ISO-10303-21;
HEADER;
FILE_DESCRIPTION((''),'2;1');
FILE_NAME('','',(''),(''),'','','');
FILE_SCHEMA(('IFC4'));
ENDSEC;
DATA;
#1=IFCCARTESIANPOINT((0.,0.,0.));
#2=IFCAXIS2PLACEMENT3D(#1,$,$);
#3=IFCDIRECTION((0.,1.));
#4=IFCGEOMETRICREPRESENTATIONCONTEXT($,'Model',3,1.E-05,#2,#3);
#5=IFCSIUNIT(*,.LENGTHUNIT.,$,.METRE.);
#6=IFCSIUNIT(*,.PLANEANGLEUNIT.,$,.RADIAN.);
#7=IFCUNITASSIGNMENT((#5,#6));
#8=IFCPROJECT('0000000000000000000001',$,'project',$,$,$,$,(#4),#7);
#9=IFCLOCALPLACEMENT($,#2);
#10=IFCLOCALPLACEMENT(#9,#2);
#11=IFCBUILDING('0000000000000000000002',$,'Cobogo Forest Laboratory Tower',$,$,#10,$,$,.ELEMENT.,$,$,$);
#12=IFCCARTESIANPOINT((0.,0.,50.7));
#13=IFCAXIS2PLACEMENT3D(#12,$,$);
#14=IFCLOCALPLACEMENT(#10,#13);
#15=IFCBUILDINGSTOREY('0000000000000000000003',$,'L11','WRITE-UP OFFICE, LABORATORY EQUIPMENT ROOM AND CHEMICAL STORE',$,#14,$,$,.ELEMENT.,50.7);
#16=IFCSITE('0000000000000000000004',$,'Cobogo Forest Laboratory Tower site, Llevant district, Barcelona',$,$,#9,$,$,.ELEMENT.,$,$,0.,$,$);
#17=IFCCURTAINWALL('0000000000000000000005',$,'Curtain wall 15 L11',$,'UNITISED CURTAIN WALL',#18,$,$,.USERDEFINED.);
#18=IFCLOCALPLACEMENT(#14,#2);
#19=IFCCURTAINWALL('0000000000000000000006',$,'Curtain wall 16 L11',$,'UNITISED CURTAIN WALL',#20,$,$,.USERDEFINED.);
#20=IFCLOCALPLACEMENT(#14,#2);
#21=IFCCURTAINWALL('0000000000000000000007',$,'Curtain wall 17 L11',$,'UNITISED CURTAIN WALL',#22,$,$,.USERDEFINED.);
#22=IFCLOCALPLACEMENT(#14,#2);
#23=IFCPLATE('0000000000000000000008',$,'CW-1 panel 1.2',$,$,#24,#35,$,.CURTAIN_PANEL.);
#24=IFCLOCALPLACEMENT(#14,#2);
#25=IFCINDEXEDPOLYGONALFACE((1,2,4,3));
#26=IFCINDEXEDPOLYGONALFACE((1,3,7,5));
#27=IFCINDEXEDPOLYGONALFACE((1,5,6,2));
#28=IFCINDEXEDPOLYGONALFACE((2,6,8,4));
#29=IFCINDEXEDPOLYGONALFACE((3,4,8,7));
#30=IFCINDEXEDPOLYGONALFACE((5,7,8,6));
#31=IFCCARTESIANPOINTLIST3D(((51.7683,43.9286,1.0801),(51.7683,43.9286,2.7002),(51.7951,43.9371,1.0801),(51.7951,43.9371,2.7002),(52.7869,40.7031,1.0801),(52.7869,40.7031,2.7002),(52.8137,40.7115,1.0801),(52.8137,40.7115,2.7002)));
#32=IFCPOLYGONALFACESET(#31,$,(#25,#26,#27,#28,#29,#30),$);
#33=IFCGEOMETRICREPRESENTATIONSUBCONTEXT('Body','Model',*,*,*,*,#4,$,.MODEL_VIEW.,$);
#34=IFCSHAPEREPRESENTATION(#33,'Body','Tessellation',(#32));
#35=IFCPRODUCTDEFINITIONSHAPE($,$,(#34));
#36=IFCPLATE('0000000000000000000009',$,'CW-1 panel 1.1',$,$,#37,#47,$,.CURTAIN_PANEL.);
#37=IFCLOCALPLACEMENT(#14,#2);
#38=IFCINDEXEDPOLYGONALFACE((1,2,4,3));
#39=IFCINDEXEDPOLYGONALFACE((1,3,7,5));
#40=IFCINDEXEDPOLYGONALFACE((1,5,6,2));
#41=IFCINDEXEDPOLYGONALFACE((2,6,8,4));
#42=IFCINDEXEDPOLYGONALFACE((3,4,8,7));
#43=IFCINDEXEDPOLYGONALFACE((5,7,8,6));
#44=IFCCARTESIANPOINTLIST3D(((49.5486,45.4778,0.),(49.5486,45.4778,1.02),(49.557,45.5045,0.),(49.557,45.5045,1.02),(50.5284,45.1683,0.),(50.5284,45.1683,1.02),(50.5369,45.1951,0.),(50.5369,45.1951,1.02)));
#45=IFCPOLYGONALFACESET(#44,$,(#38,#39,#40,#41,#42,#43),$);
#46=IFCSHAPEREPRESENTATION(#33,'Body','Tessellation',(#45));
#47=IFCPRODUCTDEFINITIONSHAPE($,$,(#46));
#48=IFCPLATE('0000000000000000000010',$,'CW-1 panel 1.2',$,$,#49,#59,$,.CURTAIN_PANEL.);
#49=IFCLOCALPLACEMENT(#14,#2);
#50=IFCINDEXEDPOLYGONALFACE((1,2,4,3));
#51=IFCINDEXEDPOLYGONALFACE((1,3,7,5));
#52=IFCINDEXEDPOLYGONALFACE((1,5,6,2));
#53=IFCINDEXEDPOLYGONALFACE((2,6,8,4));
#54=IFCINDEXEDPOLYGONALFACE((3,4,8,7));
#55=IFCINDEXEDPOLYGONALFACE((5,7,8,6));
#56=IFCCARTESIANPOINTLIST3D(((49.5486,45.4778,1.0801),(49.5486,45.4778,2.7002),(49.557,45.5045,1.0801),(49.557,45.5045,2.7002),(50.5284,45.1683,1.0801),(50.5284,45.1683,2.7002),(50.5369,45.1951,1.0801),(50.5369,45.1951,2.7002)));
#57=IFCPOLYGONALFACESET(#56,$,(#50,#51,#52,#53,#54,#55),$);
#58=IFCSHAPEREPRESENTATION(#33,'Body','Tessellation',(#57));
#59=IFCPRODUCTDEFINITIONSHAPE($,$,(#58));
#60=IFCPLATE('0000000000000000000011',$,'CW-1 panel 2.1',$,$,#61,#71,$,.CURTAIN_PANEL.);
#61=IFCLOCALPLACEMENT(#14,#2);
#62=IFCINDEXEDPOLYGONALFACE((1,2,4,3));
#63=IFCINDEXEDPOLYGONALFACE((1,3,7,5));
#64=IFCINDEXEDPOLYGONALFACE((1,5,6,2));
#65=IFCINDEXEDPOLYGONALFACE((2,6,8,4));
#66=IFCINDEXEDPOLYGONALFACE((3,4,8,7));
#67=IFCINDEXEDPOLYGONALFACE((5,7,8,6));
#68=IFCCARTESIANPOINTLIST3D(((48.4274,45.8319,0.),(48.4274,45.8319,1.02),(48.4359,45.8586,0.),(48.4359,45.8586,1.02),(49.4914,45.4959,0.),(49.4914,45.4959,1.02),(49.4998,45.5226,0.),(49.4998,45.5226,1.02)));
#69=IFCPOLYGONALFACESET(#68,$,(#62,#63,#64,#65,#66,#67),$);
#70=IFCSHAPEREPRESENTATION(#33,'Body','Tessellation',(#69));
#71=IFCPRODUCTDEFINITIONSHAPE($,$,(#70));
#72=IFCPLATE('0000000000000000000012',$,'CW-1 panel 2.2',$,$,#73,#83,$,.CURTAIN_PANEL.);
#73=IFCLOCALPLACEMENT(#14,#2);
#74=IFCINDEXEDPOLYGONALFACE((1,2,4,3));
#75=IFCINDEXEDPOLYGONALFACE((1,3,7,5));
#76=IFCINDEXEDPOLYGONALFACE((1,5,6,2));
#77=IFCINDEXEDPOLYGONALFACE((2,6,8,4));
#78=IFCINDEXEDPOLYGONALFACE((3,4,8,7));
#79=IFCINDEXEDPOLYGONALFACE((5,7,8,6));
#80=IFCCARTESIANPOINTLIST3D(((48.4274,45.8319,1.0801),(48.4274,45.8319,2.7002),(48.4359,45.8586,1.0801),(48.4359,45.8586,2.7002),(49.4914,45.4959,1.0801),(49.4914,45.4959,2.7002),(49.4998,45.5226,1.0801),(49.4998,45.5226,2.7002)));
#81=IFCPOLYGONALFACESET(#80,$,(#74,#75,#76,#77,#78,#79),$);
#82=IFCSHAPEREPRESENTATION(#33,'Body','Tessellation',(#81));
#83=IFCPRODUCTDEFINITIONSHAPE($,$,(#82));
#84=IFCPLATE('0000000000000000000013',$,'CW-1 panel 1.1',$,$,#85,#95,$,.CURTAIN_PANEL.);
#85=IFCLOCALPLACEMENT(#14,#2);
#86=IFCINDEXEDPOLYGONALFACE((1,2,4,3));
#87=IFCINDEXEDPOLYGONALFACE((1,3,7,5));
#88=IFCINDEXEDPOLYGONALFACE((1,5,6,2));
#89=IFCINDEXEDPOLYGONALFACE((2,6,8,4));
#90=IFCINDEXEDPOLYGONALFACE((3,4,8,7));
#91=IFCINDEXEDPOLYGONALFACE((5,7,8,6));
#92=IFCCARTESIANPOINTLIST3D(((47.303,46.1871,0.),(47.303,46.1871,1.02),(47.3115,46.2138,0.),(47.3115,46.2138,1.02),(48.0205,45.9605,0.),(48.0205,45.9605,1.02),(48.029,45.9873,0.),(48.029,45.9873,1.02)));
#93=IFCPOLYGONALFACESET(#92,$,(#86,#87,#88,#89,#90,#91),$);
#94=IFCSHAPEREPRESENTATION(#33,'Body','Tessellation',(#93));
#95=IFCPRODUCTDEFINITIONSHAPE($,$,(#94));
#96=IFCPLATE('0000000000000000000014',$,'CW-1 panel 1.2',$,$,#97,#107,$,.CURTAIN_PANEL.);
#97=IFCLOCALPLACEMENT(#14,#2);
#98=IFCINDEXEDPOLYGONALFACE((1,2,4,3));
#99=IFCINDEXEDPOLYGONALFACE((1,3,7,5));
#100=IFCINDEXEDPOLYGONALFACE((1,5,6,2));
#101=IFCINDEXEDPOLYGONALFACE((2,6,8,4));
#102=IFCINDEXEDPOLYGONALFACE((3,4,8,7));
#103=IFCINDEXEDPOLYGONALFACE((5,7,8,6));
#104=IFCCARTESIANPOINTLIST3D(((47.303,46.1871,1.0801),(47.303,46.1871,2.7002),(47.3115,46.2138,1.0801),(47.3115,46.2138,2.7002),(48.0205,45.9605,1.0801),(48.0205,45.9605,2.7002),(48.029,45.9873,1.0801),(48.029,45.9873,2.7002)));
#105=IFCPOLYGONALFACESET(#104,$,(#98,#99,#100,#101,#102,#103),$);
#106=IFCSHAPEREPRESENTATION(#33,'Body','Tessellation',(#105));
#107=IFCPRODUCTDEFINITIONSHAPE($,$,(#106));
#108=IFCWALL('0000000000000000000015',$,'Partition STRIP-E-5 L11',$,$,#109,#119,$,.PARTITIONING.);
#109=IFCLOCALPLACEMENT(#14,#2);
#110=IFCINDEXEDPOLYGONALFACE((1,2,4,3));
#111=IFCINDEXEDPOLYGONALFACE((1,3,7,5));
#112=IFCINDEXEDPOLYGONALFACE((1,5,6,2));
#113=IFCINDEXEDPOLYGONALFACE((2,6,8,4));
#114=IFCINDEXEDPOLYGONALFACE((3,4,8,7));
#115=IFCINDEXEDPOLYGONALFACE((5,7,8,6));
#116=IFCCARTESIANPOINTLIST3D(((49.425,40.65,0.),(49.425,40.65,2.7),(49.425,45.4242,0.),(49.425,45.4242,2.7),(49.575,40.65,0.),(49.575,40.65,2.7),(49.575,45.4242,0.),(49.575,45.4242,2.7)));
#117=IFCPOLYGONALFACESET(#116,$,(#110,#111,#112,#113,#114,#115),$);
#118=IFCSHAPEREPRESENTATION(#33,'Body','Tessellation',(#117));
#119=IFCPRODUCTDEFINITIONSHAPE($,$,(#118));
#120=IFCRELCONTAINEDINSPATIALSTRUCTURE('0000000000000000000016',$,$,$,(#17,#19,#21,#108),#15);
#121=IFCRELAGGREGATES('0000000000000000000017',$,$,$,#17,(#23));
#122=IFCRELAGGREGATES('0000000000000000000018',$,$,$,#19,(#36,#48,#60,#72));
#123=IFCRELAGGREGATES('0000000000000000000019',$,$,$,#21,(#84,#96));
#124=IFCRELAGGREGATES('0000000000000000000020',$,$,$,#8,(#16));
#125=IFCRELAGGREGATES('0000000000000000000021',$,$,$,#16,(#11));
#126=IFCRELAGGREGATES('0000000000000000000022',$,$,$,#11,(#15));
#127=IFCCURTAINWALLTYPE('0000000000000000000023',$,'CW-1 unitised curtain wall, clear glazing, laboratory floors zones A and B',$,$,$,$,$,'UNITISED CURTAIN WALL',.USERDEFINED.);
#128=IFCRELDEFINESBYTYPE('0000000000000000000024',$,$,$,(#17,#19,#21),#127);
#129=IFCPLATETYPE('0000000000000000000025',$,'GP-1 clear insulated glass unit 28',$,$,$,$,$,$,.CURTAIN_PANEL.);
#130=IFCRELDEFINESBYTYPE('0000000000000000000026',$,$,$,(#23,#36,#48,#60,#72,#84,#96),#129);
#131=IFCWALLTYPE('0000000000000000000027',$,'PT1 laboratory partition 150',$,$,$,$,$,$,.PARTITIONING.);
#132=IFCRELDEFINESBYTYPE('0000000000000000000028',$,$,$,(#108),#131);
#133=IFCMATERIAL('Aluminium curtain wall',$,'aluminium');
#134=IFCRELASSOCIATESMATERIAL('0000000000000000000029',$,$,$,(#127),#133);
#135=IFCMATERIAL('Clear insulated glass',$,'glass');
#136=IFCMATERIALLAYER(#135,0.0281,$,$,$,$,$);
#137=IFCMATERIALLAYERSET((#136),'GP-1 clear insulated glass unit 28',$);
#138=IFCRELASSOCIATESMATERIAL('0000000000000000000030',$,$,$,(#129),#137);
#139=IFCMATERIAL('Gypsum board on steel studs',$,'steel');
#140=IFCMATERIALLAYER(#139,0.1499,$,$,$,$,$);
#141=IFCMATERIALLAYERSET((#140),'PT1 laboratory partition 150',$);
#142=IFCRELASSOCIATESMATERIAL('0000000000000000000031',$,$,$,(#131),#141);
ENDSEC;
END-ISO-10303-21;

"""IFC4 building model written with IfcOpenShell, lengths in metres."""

from ifc_helpers import new_model, si_unit, direction, frame, frame_2d, origin, origin_2d, place, context, subcontext, project, spatial, rectangle, extrude, material, layer, layer_set, type_object, element, aggregate, save


model = new_model("IFC4")

# Units and contexts
model_context = context("Model", 3, precision=1e-05, world=origin(), true_north=direction((0.0, 1.0)))
body_context = subcontext(model_context, "Body", "Model", "MODEL_VIEW")
ifc_project = project(units=[si_unit("LENGTHUNIT", "METRE"), si_unit("PLANEANGLEUNIT", "RADIAN")], contexts=[model_context])

# Site, building, storey
site_placement = place(None, origin())
site = spatial("IfcSite", under=ifc_project, at=site_placement, Name="Cobogo Forest Laboratory Tower site, Llevant district, Barcelona", CompositionType="ELEMENT", RefElevation=0.0)
building_placement = place(site_placement, origin())
building = spatial("IfcBuilding", under=site, at=building_placement, Name="Cobogo Forest Laboratory Tower", CompositionType="ELEMENT")
storey_placement = place(building_placement, frame((0.0, 0.0, 50.7)))
storey = spatial("IfcBuildingStorey", under=building, at=storey_placement, Name="L11", Description="WRITE-UP OFFICE, LABORATORY EQUIPMENT ROOM AND CHEMICAL STORE", CompositionType="ELEMENT", Elevation=50.7)

# Curtain walls
ifc_material_1 = material(Name="Aluminium curtain wall", Category="aluminium")
curtain_wall_type = type_object("IfcCurtainWallType", Name="CW-1 unitised curtain wall, clear glazing, laboratory floors zones A and B", ElementType="UNITISED CURTAIN WALL", PredefinedType="USERDEFINED", material=ifc_material_1)
curtain_wall_1_placement = place(storey_placement, origin())
curtain_wall_1 = element("IfcCurtainWall", 1, at=curtain_wall_1_placement, inside=storey, type_object=curtain_wall_type, Name="Curtain wall 15 L11", ObjectType="UNITISED CURTAIN WALL", PredefinedType="USERDEFINED")
curtain_wall_2_placement = place(storey_placement, origin())
curtain_wall_2 = element("IfcCurtainWall", 2, at=curtain_wall_2_placement, inside=storey, type_object=curtain_wall_type, Name="Curtain wall 16 L11", ObjectType="UNITISED CURTAIN WALL", PredefinedType="USERDEFINED")
curtain_wall_3_placement = place(storey_placement, origin())
curtain_wall_3 = element("IfcCurtainWall", 3, at=curtain_wall_3_placement, inside=storey, type_object=curtain_wall_type, Name="Curtain wall 17 L11", ObjectType="UNITISED CURTAIN WALL", PredefinedType="USERDEFINED")

# Plates
ifc_material_2 = material(Name="Clear insulated glass", Category="glass")
ifc_layer_1 = layer(ifc_material_2, 0.0281)
ifc_layer_set_1 = layer_set([ifc_layer_1], Name="GP-1 clear insulated glass unit 28")
plate_type = type_object("IfcPlateType", Name="GP-1 clear insulated glass unit 28", PredefinedType="CURTAIN_PANEL", material=ifc_layer_set_1)
plate_1_placement = place(storey_placement, frame((52.291, 42.3201, 1.0801), z_axis=(0.0, 0.0, 1.0), x_axis=(-0.301135, 0.953581, 0.0)))
plate_1 = element("IfcPlate", 4, at=plate_1_placement, type_object=plate_type, Name="CW-1 panel 1.2", PredefinedType="CURTAIN_PANEL", context=body_context, shape_type="SweptSolid", body=[
    extrude(rectangle(XDim=3.3826, YDim=0.0281, at=origin_2d()), origin(), (0.0, 0.0, 1.0), 1.6201),
])
aggregate(curtain_wall_1, [plate_1])
plate_2_placement = place(storey_placement, frame((50.0427, 45.3364, 0.0), z_axis=(0.0, 0.0, 1.0), x_axis=(-0.953581, 0.301135, 0.0)))
plate_2 = element("IfcPlate", 5, at=plate_2_placement, type_object=plate_type, Name="CW-1 panel 1.1", PredefinedType="CURTAIN_PANEL", context=body_context, shape_type="SweptSolid", body=[
    extrude(rectangle(XDim=1.0276, YDim=0.0281, at=origin_2d()), origin(), (0.0, 0.0, 1.0), 1.02),
])
plate_3_placement = place(storey_placement, frame((50.0427, 45.3364, 1.0801), z_axis=(0.0, 0.0, 1.0), x_axis=(-0.953581, 0.301135, 0.0)))
plate_3 = element("IfcPlate", 6, at=plate_3_placement, type_object=plate_type, Name="CW-1 panel 1.2", PredefinedType="CURTAIN_PANEL", context=body_context, shape_type="SweptSolid", body=[
    extrude(rectangle(XDim=1.0276, YDim=0.0281, at=origin_2d()), origin(), (0.0, 0.0, 1.0), 1.6201),
])
plate_4_placement = place(storey_placement, frame((48.9636, 45.6772, 0.0), z_axis=(0.0, 0.0, 1.0), x_axis=(-0.953581, 0.301135, 0.0)))
plate_4 = element("IfcPlate", 7, at=plate_4_placement, type_object=plate_type, Name="CW-1 panel 2.1", PredefinedType="CURTAIN_PANEL", context=body_context, shape_type="SweptSolid", body=[
    extrude(rectangle(XDim=1.1157, YDim=0.0281, at=origin_2d()), origin(), (0.0, 0.0, 1.0), 1.02),
])
plate_5_placement = place(storey_placement, frame((48.9636, 45.6772, 1.0801), z_axis=(0.0, 0.0, 1.0), x_axis=(-0.953581, 0.301135, 0.0)))
plate_5 = element("IfcPlate", 8, at=plate_5_placement, type_object=plate_type, Name="CW-1 panel 2.2", PredefinedType="CURTAIN_PANEL", context=body_context, shape_type="SweptSolid", body=[
    extrude(rectangle(XDim=1.1157, YDim=0.0281, at=origin_2d()), origin(), (0.0, 0.0, 1.0), 1.6201),
])
aggregate(curtain_wall_2, [plate_2, plate_3, plate_4, plate_5])
plate_6_placement = place(storey_placement, frame((47.666, 46.0872, 0.0), z_axis=(0.0, 0.0, 1.0), x_axis=(-0.953582, 0.301135, 0.0)))
plate_6 = element("IfcPlate", 9, at=plate_6_placement, type_object=plate_type, Name="CW-1 panel 1.1", PredefinedType="CURTAIN_PANEL", context=body_context, shape_type="SweptSolid", body=[
    extrude(rectangle(XDim=0.7524, YDim=0.0281, at=origin_2d()), origin(), (0.0, 0.0, 1.0), 1.02),
])
plate_7_placement = place(storey_placement, frame((47.666, 46.0872, 1.0801), z_axis=(0.0, 0.0, 1.0), x_axis=(-0.953582, 0.301135, 0.0)))
plate_7 = element("IfcPlate", 10, at=plate_7_placement, type_object=plate_type, Name="CW-1 panel 1.2", PredefinedType="CURTAIN_PANEL", context=body_context, shape_type="SweptSolid", body=[
    extrude(rectangle(XDim=0.7524, YDim=0.0281, at=origin_2d()), origin(), (0.0, 0.0, 1.0), 1.6201),
])
aggregate(curtain_wall_3, [plate_6, plate_7])

# Wall
ifc_material_3 = material(Name="Gypsum board on steel studs", Category="steel")
ifc_layer_2 = layer(ifc_material_3, 0.1499)
ifc_layer_set_2 = layer_set([ifc_layer_2], Name="PT1 laboratory partition 150")
wall_type = type_object("IfcWallType", Name="PT1 laboratory partition 150", PredefinedType="PARTITIONING", material=ifc_layer_set_2)
wall_placement = place(storey_placement, frame((49.5, 40.6499, 0.0), z_axis=(0.0, 0.0, 1.0), x_axis=(0.0, 1.0, 0.0)))
element("IfcWall", 11, at=wall_placement, inside=storey, type_object=wall_type, Name="Partition STRIP-E-5 L11", PredefinedType="PARTITIONING", context=body_context, shape_type="SweptSolid", body=[
    extrude(rectangle(XDim=4.7742, YDim=0.1499, at=frame_2d((2.3872, 0.0))), origin(), (0.0, 0.0, 1.0), 2.7),
])

save(model, "model.ifc")
